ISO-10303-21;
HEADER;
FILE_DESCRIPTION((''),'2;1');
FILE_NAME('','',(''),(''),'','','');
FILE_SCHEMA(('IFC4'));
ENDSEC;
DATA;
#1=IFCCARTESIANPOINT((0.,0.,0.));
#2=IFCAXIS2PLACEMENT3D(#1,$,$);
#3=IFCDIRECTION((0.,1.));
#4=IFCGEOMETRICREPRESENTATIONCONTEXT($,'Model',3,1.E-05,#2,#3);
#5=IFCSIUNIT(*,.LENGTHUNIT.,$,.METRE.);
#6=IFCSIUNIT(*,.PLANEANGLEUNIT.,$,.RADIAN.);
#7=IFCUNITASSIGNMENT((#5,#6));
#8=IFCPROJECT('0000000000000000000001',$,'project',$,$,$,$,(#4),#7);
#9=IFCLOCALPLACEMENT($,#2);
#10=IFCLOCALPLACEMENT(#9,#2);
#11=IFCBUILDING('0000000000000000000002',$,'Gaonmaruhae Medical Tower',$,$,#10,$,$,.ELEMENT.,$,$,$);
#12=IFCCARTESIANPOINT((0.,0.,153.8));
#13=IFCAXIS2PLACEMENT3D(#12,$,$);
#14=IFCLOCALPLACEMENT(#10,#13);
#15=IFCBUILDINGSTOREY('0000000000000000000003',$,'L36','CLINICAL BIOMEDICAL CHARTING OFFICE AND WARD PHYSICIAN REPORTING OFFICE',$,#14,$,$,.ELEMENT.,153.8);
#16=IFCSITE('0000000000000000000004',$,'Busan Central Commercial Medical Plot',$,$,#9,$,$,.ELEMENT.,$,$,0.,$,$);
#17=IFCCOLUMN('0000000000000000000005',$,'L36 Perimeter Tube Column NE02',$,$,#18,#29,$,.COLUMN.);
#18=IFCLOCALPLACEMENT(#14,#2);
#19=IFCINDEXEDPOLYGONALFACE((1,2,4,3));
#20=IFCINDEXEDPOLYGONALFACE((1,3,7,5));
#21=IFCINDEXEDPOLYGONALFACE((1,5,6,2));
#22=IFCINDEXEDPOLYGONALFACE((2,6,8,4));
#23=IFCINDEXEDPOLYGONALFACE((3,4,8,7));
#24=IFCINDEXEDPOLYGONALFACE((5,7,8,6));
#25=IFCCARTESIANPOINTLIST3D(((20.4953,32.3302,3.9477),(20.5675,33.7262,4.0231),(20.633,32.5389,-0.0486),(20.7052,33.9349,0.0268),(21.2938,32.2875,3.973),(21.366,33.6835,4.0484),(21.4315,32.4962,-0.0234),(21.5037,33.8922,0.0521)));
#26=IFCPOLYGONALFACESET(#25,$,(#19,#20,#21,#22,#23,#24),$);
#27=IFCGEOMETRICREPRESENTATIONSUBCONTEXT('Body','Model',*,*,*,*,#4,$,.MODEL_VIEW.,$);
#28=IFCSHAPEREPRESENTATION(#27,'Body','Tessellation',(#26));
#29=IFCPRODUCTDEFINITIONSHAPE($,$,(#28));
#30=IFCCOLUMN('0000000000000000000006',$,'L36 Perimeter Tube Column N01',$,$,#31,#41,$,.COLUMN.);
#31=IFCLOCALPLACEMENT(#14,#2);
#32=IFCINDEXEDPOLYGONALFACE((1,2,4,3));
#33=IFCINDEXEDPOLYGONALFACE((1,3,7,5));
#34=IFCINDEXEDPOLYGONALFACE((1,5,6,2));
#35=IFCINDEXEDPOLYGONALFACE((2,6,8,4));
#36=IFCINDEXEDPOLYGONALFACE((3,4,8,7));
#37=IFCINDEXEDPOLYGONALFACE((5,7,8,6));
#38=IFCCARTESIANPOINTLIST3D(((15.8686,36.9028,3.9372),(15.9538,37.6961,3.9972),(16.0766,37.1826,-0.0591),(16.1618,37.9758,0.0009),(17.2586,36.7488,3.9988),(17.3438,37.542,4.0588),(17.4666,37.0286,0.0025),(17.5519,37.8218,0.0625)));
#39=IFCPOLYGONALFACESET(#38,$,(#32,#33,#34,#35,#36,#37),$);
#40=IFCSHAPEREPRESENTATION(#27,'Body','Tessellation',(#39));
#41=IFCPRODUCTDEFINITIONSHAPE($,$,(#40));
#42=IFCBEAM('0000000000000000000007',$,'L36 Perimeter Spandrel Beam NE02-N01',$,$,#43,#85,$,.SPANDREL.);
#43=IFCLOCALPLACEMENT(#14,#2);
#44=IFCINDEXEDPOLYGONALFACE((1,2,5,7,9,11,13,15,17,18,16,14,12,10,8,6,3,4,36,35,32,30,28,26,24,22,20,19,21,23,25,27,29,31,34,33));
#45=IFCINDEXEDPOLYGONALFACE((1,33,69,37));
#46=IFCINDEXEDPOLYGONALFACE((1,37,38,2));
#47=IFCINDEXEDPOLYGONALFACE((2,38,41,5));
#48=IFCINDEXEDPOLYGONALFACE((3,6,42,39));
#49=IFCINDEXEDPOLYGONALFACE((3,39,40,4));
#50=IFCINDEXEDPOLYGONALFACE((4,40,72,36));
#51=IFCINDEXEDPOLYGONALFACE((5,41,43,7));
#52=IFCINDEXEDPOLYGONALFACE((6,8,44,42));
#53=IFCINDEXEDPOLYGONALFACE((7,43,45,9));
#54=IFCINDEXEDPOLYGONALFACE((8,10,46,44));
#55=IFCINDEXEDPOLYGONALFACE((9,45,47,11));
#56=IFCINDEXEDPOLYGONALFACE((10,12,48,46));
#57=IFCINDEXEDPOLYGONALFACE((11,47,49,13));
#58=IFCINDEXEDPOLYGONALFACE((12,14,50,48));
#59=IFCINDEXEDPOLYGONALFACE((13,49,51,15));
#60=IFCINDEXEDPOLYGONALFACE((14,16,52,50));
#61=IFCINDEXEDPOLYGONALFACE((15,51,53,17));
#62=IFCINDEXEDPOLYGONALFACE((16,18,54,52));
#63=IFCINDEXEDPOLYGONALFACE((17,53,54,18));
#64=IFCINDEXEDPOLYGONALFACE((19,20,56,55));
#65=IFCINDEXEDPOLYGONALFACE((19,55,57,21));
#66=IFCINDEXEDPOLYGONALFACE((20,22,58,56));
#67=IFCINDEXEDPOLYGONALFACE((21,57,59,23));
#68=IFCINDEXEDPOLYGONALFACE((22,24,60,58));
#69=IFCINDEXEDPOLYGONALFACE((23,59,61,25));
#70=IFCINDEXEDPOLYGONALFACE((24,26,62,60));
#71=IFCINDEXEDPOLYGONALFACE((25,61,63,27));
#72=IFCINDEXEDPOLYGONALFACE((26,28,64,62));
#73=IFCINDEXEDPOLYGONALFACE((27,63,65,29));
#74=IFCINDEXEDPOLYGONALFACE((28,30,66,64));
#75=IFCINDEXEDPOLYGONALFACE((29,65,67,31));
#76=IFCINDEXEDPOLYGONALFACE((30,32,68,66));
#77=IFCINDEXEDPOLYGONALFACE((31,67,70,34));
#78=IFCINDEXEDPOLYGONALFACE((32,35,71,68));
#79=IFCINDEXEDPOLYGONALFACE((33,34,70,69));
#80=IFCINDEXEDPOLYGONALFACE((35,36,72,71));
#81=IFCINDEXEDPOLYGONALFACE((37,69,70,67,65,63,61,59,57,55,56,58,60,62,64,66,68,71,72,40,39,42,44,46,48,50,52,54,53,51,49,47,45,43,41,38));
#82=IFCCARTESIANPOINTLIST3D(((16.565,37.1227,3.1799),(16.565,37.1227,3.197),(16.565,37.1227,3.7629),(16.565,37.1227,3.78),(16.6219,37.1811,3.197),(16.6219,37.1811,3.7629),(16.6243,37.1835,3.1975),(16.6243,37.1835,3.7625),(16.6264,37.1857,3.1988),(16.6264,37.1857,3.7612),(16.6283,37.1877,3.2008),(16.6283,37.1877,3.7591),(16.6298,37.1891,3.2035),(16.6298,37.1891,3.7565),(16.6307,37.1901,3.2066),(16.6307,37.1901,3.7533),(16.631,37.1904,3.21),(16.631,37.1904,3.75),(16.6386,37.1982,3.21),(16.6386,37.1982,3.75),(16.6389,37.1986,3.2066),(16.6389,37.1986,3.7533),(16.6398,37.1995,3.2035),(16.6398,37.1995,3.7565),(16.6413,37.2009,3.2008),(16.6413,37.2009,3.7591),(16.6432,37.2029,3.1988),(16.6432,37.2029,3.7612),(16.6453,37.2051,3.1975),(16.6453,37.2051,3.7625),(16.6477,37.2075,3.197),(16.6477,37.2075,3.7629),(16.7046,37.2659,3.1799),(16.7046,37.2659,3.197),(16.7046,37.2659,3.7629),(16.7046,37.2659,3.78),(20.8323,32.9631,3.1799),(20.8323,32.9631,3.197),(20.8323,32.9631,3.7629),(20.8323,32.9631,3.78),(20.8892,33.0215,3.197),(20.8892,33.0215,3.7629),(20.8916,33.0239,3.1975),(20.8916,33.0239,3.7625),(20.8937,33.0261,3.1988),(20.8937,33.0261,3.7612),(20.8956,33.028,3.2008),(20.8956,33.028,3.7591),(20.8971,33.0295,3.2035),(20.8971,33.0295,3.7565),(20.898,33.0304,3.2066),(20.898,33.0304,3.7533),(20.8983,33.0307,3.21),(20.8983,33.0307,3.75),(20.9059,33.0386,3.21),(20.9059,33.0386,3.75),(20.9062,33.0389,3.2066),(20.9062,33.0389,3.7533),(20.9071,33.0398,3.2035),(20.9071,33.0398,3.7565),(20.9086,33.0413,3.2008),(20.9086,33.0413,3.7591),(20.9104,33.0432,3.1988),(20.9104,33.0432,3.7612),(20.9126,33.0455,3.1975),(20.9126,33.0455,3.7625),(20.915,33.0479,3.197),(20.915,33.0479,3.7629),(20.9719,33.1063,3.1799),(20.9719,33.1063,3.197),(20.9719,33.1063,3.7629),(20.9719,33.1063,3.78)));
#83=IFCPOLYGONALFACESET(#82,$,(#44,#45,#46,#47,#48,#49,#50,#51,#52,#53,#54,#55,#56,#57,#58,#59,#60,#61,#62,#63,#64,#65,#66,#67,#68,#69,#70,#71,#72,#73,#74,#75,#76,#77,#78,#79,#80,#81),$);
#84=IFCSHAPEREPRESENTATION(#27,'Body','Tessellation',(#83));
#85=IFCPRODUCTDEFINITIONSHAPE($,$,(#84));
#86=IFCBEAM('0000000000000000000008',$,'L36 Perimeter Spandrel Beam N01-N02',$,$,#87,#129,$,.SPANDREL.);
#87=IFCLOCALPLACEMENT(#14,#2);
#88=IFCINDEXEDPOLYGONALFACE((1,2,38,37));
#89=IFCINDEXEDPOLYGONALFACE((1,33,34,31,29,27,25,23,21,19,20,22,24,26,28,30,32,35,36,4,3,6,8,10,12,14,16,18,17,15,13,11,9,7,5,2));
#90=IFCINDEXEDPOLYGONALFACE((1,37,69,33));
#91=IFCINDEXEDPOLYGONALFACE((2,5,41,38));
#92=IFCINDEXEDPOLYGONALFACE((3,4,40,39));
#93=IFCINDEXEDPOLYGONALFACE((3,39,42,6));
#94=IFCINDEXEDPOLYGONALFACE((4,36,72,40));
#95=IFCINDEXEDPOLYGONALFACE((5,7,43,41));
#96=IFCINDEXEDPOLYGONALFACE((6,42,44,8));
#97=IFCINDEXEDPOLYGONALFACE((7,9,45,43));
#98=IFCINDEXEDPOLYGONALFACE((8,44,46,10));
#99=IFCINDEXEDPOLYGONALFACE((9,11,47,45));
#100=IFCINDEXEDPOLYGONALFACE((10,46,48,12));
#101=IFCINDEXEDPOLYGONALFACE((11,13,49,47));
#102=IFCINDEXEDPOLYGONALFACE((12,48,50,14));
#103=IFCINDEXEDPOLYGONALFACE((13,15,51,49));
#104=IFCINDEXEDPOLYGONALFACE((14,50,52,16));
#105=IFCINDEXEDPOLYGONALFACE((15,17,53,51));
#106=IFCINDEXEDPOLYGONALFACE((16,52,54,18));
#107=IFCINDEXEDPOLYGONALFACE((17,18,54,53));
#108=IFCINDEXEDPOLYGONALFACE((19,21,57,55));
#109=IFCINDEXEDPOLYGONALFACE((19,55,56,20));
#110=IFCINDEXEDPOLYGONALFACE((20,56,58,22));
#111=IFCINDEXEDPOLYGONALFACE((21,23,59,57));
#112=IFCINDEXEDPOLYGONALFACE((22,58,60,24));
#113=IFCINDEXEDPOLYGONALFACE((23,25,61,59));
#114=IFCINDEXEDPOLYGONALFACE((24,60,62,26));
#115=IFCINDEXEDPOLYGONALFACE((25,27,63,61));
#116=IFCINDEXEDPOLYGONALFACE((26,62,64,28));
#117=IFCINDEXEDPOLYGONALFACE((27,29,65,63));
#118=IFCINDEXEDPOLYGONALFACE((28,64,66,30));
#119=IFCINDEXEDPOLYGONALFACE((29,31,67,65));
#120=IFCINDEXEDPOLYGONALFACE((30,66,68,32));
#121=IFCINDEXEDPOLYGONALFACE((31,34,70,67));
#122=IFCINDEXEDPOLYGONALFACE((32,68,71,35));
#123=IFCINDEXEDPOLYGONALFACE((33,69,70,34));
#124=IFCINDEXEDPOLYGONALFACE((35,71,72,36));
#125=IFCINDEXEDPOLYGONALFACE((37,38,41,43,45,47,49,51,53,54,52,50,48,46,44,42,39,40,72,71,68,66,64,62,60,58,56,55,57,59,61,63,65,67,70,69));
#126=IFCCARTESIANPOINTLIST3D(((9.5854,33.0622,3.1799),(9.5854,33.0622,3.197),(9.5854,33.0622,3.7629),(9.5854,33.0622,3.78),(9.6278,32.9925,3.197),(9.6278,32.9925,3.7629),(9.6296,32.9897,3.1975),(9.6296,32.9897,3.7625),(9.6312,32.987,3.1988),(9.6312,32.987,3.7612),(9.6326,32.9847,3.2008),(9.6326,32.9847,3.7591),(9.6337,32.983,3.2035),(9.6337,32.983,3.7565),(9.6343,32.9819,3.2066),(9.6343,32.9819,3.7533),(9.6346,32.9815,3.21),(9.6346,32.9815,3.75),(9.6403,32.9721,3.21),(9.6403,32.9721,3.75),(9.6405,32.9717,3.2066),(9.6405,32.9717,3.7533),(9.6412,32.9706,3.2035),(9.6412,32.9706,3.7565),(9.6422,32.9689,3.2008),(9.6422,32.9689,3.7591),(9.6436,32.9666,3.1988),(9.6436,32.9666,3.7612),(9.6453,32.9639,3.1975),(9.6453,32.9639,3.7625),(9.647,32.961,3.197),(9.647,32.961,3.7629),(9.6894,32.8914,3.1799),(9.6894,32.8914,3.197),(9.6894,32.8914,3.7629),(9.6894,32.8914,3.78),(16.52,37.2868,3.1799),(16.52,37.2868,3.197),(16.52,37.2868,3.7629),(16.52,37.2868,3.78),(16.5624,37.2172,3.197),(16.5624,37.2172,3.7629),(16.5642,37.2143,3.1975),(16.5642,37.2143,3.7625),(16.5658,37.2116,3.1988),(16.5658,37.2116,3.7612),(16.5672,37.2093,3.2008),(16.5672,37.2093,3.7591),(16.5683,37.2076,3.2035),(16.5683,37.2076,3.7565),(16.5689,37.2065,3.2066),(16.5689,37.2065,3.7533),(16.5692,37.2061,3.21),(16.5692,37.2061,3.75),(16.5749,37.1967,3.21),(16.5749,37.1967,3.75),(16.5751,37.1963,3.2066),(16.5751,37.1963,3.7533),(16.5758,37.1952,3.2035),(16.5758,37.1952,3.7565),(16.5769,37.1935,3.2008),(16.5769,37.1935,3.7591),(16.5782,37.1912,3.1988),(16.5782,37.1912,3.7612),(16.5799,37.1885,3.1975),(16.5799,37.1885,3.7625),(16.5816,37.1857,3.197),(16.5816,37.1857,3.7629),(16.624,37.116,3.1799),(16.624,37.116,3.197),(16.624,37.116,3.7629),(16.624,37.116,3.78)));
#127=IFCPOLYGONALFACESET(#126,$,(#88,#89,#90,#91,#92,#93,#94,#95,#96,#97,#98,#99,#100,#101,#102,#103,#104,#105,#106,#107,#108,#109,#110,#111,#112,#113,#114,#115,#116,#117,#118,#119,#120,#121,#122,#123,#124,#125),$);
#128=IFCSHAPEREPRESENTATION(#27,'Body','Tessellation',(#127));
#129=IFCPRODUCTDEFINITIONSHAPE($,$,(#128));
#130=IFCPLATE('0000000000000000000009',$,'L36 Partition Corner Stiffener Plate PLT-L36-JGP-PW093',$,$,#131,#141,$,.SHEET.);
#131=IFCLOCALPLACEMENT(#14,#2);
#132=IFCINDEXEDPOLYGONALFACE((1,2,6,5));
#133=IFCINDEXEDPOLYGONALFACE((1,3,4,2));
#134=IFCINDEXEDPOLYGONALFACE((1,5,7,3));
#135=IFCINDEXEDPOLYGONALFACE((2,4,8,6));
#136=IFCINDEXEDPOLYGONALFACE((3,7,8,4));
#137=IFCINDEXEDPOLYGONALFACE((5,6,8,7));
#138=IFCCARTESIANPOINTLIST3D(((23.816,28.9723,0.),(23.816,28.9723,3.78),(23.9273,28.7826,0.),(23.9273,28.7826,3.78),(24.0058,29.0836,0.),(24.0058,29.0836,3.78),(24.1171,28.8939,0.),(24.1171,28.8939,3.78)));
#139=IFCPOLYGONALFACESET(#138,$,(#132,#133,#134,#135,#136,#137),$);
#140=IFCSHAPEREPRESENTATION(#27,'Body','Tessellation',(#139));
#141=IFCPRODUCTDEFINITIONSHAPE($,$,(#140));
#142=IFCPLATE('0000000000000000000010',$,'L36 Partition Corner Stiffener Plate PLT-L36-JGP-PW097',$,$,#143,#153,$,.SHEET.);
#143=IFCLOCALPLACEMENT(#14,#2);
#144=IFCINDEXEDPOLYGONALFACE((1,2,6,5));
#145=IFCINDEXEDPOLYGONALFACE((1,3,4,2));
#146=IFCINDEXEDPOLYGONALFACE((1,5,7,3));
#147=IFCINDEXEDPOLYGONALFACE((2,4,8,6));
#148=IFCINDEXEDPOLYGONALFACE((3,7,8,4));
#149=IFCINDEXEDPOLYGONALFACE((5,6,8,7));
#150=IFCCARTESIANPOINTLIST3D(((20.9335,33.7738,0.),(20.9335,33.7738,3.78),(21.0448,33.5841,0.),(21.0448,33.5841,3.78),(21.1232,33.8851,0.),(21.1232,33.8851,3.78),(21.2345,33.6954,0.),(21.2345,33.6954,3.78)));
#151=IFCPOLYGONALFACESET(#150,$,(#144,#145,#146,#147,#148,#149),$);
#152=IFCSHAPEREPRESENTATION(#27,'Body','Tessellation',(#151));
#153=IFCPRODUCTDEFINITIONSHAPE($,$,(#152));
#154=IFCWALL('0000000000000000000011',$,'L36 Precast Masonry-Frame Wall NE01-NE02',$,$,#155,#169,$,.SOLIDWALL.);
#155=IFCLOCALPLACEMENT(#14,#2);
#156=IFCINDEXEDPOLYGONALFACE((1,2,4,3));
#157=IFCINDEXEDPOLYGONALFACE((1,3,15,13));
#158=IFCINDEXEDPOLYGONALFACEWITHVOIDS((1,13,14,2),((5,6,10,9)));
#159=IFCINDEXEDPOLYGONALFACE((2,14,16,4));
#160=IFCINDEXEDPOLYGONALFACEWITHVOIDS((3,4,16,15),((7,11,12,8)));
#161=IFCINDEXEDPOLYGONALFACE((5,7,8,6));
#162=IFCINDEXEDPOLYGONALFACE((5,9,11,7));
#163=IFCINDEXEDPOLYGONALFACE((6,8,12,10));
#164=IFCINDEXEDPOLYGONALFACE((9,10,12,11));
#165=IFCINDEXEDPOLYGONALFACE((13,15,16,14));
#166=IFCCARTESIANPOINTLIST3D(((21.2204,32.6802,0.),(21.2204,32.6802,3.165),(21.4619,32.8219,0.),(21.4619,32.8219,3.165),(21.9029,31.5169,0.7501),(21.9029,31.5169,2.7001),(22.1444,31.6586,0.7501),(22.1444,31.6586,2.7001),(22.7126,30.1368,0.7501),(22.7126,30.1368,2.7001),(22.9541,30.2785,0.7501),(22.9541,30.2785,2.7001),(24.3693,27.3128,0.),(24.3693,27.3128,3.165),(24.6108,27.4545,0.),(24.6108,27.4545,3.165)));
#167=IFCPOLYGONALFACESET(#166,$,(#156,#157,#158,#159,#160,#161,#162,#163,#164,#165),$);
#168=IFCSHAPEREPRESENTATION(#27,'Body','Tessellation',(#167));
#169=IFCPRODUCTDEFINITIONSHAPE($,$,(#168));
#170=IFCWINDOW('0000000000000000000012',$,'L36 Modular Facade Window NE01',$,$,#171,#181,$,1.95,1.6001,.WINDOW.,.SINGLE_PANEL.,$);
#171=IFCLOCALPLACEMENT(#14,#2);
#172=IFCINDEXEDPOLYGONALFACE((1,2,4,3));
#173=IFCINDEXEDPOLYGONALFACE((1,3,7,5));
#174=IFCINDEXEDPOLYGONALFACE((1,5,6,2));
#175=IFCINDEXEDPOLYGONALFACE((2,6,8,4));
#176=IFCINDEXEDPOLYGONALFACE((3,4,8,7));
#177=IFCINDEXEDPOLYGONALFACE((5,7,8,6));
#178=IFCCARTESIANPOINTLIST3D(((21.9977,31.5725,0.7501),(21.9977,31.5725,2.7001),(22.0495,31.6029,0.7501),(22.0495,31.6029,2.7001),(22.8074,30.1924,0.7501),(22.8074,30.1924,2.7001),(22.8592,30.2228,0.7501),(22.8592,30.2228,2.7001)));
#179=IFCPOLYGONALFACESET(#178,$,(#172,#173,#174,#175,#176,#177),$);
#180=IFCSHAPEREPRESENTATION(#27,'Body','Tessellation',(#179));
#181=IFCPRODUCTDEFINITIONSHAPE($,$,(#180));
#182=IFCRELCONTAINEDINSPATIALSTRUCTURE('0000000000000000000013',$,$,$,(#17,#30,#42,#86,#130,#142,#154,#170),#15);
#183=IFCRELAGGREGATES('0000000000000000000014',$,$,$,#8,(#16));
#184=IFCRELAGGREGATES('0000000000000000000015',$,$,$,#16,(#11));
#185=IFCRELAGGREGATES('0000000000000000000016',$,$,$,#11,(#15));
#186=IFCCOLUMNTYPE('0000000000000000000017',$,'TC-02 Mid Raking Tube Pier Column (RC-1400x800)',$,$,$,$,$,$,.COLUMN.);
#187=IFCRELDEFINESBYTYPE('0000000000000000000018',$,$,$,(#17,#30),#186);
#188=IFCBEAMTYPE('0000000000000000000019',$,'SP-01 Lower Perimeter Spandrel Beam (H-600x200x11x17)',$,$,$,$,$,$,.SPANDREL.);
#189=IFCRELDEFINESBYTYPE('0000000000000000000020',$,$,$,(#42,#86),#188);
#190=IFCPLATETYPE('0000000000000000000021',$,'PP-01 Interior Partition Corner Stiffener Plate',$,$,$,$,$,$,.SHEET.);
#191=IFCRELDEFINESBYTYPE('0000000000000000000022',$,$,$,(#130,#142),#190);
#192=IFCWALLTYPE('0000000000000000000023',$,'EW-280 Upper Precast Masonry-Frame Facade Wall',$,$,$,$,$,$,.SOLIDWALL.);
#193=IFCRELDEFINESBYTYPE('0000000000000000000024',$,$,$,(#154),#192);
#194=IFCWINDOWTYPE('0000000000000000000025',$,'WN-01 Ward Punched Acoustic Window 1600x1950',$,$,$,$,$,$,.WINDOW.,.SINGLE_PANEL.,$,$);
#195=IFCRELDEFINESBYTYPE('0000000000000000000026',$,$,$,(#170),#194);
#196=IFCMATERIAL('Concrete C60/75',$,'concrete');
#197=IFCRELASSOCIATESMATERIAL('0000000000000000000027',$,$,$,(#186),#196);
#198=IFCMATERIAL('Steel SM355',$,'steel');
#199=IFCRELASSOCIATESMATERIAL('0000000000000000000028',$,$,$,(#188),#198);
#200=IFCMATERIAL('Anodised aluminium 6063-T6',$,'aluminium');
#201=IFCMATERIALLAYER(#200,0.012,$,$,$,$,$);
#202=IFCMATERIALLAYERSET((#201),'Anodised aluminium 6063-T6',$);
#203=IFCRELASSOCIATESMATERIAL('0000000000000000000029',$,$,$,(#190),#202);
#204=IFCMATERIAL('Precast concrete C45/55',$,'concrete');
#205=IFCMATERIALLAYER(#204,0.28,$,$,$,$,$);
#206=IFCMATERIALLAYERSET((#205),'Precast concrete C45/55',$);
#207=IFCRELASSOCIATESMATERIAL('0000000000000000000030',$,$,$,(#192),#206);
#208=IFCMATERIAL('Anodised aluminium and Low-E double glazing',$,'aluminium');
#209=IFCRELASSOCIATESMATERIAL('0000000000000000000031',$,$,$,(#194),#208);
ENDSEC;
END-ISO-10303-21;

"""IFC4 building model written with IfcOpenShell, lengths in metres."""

from ifc_helpers import new_model, si_unit, direction, frame, frame_2d, origin, origin_2d, place, context, subcontext, project, spatial, rectangle, i_section, extrude, material, layer, layer_set, material_profile, profile_set, type_object, element, fill, save


model = new_model("IFC4")

# Units and contexts
model_context = context("Model", 3, precision=1e-05, world=origin(), true_north=direction((0.0, 1.0)))
body_context = subcontext(model_context, "Body", "Model", "MODEL_VIEW")
ifc_project = project(units=[si_unit("LENGTHUNIT", "METRE"), si_unit("PLANEANGLEUNIT", "RADIAN")], contexts=[model_context])

# Site, building, storey
site_placement = place(None, origin())
site = spatial("IfcSite", under=ifc_project, at=site_placement, Name="Busan Central Commercial Medical Plot", CompositionType="ELEMENT", RefElevation=0.0)
building_placement = place(site_placement, origin())
building = spatial("IfcBuilding", under=site, at=building_placement, Name="Gaonmaruhae Medical Tower", CompositionType="ELEMENT")
storey_placement = place(building_placement, frame((0.0, 0.0, 153.8)))
storey = spatial("IfcBuildingStorey", under=building, at=storey_placement, Name="L36", Description="CLINICAL BIOMEDICAL CHARTING OFFICE AND WARD PHYSICIAN REPORTING OFFICE", CompositionType="ELEMENT", Elevation=153.8)

# Columns
ifc_material_1 = material(Name="Concrete C60/75", Category="concrete")
ifc_material_profile_1 = material_profile(ifc_material_1, rectangle(XDim=1.3999, YDim=0.8, at=origin_2d()), Name="RC-1400x800")
ifc_profile_set_1 = profile_set([ifc_material_profile_1], Name="Concrete C60/75")
column_type = type_object("IfcColumnType", Name="TC-02 Mid Raking Tube Pier Column (RC-1400x800)", PredefinedType="COLUMN", material=ifc_profile_set_1)
column_1_placement = place(storey_placement, frame((21.0684, 33.2156, 0.0017), z_axis=(-0.034388, -0.052131, 0.998048), x_axis=(0.051597, 0.997214, 0.053865)))
element("IfcColumn", 1, at=column_1_placement, inside=storey, type_object=column_type, Name="L36 Perimeter Tube Column NE02", PredefinedType="COLUMN", context=body_context, shape_type="SweptSolid", body=[
    extrude(rectangle(XDim=1.3999, YDim=0.8, at=origin_2d()), origin(), (0.0, 0.0, 1.0), 4.0042),
])
column_2_placement = place(storey_placement, frame((16.8142, 37.5022, 0.0017), z_axis=(-0.051853, -0.069745, 0.996216), x_axis=(0.992954, -0.110042, 0.043979)))
element("IfcColumn", 2, at=column_2_placement, inside=storey, type_object=column_type, Name="L36 Perimeter Tube Column N01", PredefinedType="COLUMN", context=body_context, shape_type="SweptSolid", body=[
    extrude(rectangle(XDim=1.3999, YDim=0.8, at=origin_2d()), origin(), (0.0, 0.0, 1.0), 4.0115),
])

# Beams
ifc_material_2 = material(Name="Steel SM355", Category="steel")
ifc_material_profile_2 = material_profile(ifc_material_2, i_section(OverallWidth=0.2, OverallDepth=0.6001, WebThickness=0.011, FlangeThickness=0.0171, FilletRadius=0.0129, at=origin_2d()), Name="H-600x200x11x17")
ifc_profile_set_2 = profile_set([ifc_material_profile_2], Name="Steel SM355")
beam_type = type_object("IfcBeamType", Name="SP-01 Lower Perimeter Spandrel Beam (H-600x200x11x17)", PredefinedType="SPANDREL", material=ifc_profile_set_2)
beam_1_placement = place(storey_placement, frame((20.9021, 33.0347, 3.48), z_axis=(-0.716083, 0.698016, 0.0), x_axis=(-0.698016, -0.716083, 0.0)))
element("IfcBeam", 3, at=beam_1_placement, inside=storey, type_object=beam_type, Name="L36 Perimeter Spandrel Beam NE02-N01", PredefinedType="SPANDREL", context=body_context, shape_type="SweptSolid", body=[
    extrude(i_section(OverallWidth=0.2, OverallDepth=0.6001, WebThickness=0.011, FlangeThickness=0.0171, FilletRadius=0.0129, at=origin_2d()), origin(), (0.0, 0.0, 1.0), 5.9592),
])
beam_2_placement = place(storey_placement, frame((16.572, 37.2014, 3.48), z_axis=(-0.854003, -0.520267, 0.0), x_axis=(0.520267, -0.854003, 0.0)))
element("IfcBeam", 4, at=beam_2_placement, inside=storey, type_object=beam_type, Name="L36 Perimeter Spandrel Beam N01-N02", PredefinedType="SPANDREL", context=body_context, shape_type="SweptSolid", body=[
    extrude(i_section(OverallWidth=0.2, OverallDepth=0.6001, WebThickness=0.011, FlangeThickness=0.0171, FilletRadius=0.0129, at=origin_2d()), origin(), (0.0, 0.0, 1.0), 8.1201),
])

# Plates
ifc_material_3 = material(Name="Anodised aluminium 6063-T6", Category="aluminium")
ifc_layer_1 = layer(ifc_material_3, 0.012)
ifc_layer_set_1 = layer_set([ifc_layer_1], Name="Anodised aluminium 6063-T6")
plate_type = type_object("IfcPlateType", Name="PP-01 Interior Partition Corner Stiffener Plate", PredefinedType="SHEET", material=ifc_layer_set_1)
for number, where, z_axis, x_axis, name in (
    (5, (23.9666, 28.9331, 0.0), (0.0, 0.0, 1.0), (0.862523, 0.506019, 0.0), "L36 Partition Corner Stiffener Plate PLT-L36-JGP-PW093"),
    (6, (21.084, 33.7346, 0.0), (0.0, 0.0, 1.0), (0.862452, 0.506139, 0.0), "L36 Partition Corner Stiffener Plate PLT-L36-JGP-PW097"),
):
    element("IfcPlate", number, at=place(storey_placement, frame(where, z_axis=z_axis, x_axis=x_axis)), inside=storey, type_object=plate_type, Name=name, PredefinedType="SHEET", context=body_context, shape_type="SweptSolid", body=[
        extrude(rectangle(XDim=0.22, YDim=0.22, at=origin_2d()), origin(), (0.0, 0.0, 1.0), 3.78),
    ])

# Wall, opening, window
ifc_material_4 = material(Name="Precast concrete C45/55", Category="concrete")
ifc_layer_2 = layer(ifc_material_4, 0.28)
ifc_layer_set_2 = layer_set([ifc_layer_2], Name="Precast concrete C45/55")
wall_type_1 = type_object("IfcWallType", Name="EW-280 Upper Precast Masonry-Frame Facade Wall", PredefinedType="SOLIDWALL", material=ifc_layer_set_2)
wall_1_placement = place(storey_placement, frame((24.49, 27.3838, 0.0), z_axis=(0.0, 0.0, 1.0), x_axis=(-0.506019, 0.862523, 0.0)))
wall_1 = element("IfcWall", 7, at=wall_1_placement, inside=storey, type_object=wall_type_1, Name="L36 Precast Masonry-Frame Wall NE01-NE02", PredefinedType="SOLIDWALL", context=body_context, shape_type="SweptSolid", body=[
    extrude(rectangle(XDim=6.2229, YDim=0.28, at=frame_2d((3.1113, 0.0))), origin(), (0.0, 0.0, 1.0), 3.165),
])
opening_1_placement = place(wall_1_placement, frame((3.2739, 0.0, 0.75)))
opening_1 = element("IfcOpeningElement", 8, at=opening_1_placement, cuts=wall_1, PredefinedType="OPENING", context=body_context, shape_type="SweptSolid", body=[
    extrude(rectangle(XDim=1.6001, YDim=1.95, at=frame_2d((0.8, 0.9751))), frame((0.0, 0.1499, 0.0), z_axis=(0.0, -1.0, 0.0), x_axis=(1.0, 0.0, 0.0)), (0.0, 0.0, 1.0), 0.3),
])
ifc_material_5 = material(Name="Anodised aluminium and Low-E double glazing", Category="aluminium")
window_type_1 = type_object("IfcWindowType", Name="WN-01 Ward Punched Acoustic Window 1600x1950", PartitioningType="SINGLE_PANEL", PredefinedType="WINDOW", material=ifc_material_5)
window_1_placement = place(opening_1_placement, origin())
window_1 = element("IfcWindow", 9, at=window_1_placement, inside=storey, type_object=window_type_1, Name="L36 Modular Facade Window NE01", OverallHeight=1.95, OverallWidth=1.6001, PartitioningType="SINGLE_PANEL", PredefinedType="WINDOW", context=body_context, shape_type="SweptSolid", body=[
    extrude(rectangle(XDim=1.6001, YDim=1.95, at=frame_2d((0.8, 0.9751))), frame((0.0, 0.03, 0.0), z_axis=(0.0, -1.0, 0.0), x_axis=(1.0, 0.0, 0.0)), (0.0, 0.0, 1.0), 0.0601),
])
fill(opening_1, window_1)

save(model, "model.ifc")
